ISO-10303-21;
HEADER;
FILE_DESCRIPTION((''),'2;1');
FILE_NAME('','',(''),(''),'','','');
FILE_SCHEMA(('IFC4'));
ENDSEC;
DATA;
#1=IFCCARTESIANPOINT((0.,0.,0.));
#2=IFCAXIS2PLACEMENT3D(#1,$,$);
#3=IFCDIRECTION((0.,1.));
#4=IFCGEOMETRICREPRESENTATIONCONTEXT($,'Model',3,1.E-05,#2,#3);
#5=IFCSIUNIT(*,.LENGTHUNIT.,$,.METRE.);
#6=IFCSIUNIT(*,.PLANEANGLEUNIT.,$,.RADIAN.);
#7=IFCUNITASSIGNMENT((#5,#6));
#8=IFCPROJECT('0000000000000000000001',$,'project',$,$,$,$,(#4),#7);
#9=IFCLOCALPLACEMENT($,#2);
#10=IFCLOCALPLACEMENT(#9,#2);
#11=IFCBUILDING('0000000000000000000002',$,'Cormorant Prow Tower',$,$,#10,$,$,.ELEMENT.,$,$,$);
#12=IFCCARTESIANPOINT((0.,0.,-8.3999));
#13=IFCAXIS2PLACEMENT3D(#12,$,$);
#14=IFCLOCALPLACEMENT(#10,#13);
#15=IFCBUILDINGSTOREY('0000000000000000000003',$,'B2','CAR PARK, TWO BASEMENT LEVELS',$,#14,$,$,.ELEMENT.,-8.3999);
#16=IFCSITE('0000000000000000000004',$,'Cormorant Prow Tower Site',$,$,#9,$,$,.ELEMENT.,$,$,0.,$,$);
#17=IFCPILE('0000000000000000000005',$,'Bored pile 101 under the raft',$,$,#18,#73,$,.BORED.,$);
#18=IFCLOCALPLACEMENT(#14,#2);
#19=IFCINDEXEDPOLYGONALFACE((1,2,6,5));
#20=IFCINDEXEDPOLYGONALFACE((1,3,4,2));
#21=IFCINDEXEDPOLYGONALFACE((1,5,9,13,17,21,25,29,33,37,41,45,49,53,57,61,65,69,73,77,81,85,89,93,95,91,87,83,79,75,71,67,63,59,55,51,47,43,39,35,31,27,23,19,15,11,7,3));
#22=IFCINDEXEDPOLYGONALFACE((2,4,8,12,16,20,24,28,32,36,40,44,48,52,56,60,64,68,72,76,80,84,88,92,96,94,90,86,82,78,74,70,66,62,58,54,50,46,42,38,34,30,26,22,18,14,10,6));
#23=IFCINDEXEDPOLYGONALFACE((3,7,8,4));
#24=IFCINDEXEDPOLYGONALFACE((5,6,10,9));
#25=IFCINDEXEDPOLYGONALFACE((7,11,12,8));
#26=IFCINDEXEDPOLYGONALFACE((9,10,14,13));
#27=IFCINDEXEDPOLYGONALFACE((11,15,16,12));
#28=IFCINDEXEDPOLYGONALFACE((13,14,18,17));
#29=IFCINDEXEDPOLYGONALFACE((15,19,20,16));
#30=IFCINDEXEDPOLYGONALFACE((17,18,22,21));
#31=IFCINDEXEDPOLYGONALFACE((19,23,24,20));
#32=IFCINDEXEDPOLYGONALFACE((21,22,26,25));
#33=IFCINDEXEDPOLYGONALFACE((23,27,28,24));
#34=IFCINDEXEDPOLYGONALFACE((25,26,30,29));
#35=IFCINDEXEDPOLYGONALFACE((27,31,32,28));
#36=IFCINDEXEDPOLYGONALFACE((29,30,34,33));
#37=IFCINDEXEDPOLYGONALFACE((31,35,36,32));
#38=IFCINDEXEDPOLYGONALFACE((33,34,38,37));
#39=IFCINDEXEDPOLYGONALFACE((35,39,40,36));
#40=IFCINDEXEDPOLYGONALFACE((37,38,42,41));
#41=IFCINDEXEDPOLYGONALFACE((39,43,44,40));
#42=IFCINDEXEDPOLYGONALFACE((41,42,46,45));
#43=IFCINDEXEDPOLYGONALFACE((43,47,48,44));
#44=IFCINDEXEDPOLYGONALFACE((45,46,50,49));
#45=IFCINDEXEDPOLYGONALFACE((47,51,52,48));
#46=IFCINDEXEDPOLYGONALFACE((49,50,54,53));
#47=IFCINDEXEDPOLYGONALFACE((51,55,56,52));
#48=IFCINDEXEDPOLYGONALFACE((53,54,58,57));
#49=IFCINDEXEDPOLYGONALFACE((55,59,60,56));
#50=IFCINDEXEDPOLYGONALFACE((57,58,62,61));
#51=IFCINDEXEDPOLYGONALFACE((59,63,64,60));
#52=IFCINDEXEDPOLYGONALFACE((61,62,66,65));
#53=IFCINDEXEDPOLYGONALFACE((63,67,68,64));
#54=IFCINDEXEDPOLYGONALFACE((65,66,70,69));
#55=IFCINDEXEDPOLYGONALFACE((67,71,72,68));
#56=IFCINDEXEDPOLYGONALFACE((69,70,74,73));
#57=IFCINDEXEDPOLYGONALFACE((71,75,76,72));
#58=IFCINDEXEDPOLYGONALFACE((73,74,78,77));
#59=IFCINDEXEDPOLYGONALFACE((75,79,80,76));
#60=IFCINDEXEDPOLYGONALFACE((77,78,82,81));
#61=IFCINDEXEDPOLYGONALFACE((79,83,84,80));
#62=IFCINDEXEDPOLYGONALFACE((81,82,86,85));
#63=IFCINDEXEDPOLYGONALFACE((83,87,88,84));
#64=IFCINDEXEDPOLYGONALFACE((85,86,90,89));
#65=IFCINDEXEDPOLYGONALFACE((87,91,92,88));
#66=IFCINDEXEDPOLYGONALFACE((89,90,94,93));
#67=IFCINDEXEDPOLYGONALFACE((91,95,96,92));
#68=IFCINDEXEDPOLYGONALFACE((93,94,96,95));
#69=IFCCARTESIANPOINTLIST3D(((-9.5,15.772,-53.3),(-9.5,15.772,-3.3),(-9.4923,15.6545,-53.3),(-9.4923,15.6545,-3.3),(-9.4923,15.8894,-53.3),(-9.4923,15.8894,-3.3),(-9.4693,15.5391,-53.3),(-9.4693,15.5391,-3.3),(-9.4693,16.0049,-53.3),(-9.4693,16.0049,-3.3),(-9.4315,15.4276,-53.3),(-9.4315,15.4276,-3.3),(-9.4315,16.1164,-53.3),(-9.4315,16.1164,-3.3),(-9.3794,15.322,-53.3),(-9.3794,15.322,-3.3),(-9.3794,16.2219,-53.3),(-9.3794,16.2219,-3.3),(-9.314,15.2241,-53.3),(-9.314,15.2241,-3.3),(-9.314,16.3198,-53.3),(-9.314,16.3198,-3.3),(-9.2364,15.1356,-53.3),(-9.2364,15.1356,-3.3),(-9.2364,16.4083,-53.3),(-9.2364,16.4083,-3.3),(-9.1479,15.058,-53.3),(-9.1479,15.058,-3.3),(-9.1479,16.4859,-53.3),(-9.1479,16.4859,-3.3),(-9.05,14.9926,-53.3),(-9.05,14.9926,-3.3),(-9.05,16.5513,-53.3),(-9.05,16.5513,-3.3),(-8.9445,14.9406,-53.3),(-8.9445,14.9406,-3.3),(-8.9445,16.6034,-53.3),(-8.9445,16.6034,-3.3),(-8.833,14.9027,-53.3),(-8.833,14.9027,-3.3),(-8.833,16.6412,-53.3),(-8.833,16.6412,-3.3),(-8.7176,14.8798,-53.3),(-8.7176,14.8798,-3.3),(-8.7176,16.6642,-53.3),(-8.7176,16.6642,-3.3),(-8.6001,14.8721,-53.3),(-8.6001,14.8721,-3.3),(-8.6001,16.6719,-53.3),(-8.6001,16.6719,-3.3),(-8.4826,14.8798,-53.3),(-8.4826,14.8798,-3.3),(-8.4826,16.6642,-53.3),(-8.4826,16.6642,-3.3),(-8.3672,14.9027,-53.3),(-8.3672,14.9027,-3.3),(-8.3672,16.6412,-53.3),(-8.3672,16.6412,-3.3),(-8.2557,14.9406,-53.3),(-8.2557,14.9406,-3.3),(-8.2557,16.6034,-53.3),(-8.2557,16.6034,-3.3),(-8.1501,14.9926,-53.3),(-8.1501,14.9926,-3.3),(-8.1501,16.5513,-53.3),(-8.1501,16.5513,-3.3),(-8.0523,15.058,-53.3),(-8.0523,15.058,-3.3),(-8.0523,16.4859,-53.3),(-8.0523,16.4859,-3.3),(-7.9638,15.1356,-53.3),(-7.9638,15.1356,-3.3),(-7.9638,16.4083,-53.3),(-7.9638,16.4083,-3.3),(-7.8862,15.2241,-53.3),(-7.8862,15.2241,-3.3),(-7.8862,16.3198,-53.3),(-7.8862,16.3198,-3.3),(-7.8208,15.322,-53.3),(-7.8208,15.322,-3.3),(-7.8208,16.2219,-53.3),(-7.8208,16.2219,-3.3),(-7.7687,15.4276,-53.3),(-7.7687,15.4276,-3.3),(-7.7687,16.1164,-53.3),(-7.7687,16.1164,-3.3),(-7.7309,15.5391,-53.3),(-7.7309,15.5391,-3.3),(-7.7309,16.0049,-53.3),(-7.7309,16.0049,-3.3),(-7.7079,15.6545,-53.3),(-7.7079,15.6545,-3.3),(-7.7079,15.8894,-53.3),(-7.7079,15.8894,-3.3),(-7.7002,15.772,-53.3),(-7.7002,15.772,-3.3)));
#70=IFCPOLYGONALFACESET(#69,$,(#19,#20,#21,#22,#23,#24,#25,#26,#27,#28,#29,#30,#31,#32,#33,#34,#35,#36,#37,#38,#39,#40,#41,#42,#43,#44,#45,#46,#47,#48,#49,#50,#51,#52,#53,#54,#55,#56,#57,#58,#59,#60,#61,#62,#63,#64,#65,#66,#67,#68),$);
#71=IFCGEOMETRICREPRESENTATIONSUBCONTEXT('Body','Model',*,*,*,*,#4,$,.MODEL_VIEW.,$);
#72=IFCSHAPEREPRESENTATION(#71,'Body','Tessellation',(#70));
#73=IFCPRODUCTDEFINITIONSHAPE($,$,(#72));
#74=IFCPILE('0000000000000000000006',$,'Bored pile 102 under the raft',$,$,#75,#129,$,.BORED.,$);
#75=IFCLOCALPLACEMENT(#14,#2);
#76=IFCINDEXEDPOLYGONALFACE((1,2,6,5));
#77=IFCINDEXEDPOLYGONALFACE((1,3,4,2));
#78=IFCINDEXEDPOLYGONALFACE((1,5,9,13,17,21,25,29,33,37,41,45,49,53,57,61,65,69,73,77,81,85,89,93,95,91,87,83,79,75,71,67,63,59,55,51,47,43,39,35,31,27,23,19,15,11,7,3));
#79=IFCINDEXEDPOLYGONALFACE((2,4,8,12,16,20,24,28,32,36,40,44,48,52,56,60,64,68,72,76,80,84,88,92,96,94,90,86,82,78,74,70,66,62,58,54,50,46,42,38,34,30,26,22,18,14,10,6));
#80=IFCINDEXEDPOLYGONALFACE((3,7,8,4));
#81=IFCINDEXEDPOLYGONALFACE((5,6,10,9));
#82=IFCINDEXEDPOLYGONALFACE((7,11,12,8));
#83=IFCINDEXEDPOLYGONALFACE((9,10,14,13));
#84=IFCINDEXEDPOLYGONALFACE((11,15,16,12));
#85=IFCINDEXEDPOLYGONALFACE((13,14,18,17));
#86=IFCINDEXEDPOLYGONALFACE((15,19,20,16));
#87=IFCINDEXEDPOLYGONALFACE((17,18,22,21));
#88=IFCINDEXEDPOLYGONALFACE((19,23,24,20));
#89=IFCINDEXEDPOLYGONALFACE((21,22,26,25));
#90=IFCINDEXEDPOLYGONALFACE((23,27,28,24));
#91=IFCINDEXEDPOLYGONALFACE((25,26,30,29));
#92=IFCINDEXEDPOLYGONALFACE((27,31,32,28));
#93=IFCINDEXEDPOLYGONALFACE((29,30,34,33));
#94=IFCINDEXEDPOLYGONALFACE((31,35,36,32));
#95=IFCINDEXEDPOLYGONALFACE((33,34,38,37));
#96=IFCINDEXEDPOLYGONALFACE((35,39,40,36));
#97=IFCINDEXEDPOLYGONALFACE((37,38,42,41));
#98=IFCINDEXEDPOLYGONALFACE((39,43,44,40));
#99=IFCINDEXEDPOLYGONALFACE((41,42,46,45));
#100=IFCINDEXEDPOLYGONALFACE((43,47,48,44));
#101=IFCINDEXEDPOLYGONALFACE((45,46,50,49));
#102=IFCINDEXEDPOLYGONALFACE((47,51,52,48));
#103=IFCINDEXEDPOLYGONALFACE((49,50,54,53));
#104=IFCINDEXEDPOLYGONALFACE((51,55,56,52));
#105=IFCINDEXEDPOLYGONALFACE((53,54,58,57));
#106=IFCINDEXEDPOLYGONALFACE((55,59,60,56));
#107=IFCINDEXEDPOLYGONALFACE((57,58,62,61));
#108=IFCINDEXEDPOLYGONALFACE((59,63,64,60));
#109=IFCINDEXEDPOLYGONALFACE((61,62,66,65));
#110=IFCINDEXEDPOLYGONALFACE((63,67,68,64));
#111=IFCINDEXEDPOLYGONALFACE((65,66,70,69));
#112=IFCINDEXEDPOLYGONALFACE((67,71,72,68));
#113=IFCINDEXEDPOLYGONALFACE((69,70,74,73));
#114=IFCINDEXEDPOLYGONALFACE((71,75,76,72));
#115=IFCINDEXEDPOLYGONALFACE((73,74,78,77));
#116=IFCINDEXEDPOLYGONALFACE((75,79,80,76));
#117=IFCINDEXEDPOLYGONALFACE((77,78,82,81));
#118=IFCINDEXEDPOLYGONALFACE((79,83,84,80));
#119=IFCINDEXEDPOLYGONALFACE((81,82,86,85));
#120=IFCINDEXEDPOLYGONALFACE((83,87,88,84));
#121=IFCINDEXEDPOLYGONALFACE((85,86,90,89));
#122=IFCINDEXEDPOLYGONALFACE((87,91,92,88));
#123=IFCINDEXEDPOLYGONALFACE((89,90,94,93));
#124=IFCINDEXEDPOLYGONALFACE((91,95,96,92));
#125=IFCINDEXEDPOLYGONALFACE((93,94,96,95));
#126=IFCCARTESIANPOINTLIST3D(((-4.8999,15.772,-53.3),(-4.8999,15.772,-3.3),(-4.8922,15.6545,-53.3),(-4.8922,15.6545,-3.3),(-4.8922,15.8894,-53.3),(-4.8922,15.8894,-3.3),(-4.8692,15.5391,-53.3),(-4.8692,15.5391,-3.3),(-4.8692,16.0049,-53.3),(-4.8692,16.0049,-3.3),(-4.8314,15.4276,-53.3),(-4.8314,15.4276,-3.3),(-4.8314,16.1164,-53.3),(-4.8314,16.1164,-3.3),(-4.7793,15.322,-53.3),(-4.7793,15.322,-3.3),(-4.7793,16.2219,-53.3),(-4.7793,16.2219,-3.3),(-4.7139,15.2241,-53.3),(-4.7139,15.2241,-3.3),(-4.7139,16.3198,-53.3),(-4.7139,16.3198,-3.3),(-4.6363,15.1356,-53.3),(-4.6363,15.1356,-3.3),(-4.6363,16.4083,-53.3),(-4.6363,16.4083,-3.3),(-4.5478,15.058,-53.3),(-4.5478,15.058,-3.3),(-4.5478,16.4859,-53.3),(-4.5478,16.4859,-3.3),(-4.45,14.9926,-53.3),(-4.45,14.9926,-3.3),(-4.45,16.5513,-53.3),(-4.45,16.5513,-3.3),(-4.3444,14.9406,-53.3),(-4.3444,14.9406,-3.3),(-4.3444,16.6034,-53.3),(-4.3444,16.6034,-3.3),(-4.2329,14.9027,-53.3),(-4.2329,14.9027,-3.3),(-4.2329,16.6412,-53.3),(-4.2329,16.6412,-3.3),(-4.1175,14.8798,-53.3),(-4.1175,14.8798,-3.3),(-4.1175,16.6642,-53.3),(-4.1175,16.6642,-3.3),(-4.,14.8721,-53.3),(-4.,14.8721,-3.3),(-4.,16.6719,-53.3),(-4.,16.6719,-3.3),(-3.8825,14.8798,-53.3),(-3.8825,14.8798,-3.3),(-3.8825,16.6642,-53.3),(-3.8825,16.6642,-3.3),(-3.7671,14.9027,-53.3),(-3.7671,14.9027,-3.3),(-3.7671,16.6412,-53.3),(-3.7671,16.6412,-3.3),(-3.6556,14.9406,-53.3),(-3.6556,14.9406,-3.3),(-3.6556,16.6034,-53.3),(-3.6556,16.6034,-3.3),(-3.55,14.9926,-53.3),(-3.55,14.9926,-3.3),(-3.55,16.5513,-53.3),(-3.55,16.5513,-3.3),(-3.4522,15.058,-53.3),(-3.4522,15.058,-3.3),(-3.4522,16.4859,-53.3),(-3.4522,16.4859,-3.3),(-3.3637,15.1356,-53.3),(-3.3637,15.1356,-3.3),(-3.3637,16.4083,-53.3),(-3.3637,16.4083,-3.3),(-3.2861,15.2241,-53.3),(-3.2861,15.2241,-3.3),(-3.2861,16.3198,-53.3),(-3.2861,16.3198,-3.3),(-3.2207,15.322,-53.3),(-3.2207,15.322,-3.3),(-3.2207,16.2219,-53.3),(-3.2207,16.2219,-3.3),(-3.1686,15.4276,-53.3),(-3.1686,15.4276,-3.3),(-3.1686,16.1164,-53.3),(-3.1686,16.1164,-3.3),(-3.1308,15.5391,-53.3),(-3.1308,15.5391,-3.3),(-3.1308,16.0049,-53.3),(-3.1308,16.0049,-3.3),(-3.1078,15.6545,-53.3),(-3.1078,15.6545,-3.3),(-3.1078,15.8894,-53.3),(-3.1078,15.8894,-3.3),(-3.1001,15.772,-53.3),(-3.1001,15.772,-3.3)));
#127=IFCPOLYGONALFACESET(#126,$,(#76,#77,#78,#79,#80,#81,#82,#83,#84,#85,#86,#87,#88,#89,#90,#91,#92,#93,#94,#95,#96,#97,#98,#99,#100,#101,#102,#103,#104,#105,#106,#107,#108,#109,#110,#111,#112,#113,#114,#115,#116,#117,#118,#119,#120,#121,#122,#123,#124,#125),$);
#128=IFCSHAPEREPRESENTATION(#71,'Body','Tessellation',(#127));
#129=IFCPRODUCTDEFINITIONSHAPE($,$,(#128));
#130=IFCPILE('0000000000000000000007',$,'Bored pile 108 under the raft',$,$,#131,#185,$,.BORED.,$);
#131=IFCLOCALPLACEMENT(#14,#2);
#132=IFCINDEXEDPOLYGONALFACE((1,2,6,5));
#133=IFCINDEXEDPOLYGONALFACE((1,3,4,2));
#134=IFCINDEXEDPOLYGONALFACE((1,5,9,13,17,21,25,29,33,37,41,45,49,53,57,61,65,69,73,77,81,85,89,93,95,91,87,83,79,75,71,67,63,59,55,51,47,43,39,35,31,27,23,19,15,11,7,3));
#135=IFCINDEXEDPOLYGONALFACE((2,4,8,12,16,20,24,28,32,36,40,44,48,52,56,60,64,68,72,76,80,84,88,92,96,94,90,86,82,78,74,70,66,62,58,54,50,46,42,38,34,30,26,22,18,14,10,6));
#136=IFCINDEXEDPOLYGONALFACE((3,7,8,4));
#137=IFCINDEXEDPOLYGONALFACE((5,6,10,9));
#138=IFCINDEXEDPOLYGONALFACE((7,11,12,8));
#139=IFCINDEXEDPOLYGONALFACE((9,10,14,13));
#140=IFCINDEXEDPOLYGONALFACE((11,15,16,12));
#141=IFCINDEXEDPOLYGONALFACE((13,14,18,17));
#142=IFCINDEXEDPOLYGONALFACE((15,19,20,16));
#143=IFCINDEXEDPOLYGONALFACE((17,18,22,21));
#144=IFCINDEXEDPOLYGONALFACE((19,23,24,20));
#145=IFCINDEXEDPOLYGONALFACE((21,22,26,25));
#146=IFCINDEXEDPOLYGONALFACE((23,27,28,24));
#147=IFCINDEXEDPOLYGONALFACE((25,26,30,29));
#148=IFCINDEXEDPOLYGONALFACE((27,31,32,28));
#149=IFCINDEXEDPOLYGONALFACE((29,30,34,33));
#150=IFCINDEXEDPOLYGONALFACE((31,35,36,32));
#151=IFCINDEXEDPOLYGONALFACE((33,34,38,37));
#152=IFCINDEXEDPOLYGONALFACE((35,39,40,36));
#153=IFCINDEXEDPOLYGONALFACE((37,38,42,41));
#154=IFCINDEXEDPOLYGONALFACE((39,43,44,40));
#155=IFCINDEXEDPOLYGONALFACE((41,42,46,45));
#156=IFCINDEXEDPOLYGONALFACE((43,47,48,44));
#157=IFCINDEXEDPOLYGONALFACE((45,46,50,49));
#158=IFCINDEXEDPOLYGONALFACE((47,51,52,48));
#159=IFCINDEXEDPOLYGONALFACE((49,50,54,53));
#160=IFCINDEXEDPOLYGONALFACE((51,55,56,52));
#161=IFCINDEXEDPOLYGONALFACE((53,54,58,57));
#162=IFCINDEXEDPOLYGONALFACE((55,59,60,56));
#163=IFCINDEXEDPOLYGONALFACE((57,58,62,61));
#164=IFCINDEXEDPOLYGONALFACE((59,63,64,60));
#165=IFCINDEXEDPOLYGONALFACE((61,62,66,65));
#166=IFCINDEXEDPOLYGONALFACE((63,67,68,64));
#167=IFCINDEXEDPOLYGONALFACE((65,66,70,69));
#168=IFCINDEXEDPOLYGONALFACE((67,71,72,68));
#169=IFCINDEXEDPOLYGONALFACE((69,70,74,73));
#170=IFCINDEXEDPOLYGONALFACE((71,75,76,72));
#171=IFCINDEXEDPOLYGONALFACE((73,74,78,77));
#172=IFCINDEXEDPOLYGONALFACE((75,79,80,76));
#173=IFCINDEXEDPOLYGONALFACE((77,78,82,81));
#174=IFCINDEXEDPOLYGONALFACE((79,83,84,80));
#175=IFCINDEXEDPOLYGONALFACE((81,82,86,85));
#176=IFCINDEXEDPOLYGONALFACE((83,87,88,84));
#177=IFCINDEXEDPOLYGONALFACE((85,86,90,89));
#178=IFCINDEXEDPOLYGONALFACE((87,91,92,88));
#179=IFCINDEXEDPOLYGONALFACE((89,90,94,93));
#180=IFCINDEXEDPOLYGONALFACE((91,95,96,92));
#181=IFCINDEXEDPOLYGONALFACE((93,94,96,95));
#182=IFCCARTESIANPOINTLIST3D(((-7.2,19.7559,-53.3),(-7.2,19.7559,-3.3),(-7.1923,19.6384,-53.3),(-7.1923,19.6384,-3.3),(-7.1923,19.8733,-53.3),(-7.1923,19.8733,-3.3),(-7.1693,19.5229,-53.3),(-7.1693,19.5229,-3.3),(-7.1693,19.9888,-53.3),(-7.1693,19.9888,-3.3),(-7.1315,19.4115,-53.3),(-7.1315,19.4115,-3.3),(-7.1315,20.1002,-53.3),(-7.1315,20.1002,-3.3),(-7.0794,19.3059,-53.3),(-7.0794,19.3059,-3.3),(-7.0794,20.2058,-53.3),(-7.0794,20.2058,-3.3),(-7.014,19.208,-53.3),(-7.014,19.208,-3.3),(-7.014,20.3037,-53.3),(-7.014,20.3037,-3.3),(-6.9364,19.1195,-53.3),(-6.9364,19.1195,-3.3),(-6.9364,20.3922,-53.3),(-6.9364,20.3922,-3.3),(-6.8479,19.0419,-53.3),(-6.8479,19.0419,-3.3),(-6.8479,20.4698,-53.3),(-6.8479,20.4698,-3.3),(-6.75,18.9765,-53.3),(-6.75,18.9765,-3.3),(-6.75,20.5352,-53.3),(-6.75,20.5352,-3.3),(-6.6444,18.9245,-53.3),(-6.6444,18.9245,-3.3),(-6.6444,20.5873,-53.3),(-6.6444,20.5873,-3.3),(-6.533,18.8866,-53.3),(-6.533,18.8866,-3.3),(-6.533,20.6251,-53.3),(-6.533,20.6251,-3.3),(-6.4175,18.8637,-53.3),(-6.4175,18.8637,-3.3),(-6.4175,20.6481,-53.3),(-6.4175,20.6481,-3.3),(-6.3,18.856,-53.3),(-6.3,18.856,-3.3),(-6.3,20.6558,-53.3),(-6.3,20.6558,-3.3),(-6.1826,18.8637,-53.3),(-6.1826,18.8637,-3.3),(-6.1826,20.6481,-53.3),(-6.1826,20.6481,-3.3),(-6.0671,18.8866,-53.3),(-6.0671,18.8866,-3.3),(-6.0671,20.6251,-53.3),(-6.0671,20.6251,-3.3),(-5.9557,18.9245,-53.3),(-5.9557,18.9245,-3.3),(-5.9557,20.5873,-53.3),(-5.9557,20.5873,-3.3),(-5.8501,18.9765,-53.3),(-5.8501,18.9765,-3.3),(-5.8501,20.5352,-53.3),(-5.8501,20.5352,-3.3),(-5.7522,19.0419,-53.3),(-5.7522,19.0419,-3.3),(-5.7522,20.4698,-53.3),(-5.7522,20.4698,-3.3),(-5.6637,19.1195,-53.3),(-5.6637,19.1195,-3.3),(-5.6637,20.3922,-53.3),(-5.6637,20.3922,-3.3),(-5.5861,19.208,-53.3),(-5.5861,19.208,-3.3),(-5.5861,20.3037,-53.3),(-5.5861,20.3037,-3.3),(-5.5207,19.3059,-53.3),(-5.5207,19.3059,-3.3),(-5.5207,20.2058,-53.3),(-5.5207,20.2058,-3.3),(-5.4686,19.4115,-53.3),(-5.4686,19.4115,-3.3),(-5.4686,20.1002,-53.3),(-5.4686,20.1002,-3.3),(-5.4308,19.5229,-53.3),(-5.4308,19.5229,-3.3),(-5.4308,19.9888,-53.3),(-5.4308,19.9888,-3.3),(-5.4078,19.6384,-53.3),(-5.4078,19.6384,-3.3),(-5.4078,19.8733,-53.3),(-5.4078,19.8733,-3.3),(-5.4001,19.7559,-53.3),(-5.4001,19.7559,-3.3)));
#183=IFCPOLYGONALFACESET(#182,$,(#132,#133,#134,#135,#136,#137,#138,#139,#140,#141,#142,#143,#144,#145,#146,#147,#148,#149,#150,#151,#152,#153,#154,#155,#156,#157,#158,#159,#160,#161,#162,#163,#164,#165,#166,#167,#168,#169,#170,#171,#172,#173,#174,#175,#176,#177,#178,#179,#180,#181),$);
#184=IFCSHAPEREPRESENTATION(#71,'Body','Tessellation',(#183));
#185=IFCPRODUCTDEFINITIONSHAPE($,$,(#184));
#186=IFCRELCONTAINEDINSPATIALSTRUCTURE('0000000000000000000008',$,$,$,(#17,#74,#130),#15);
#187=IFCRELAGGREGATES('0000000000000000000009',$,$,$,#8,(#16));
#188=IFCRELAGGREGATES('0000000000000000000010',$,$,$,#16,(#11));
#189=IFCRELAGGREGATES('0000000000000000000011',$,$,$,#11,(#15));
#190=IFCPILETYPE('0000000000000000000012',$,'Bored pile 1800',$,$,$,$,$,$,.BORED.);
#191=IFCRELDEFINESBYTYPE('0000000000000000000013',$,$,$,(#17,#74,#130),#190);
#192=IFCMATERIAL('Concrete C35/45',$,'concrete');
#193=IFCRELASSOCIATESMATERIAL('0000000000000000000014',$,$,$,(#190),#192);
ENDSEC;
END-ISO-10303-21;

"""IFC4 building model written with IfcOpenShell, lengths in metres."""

from ifc_helpers import new_model, si_unit, direction, frame, origin, origin_2d, place, context, subcontext, project, spatial, circle, extrude, material, material_profile, profile_set, type_object, element, save


model = new_model("IFC4")

# Units and contexts
model_context = context("Model", 3, precision=1e-05, world=origin(), true_north=direction((0.0, 1.0)))
body_context = subcontext(model_context, "Body", "Model", "MODEL_VIEW")
ifc_project = project(units=[si_unit("LENGTHUNIT", "METRE"), si_unit("PLANEANGLEUNIT", "RADIAN")], contexts=[model_context])

# Site, building, storey
site_placement = place(None, origin())
site = spatial("IfcSite", under=ifc_project, at=site_placement, Name="Cormorant Prow Tower Site", CompositionType="ELEMENT", RefElevation=0.0)
building_placement = place(site_placement, origin())
building = spatial("IfcBuilding", under=site, at=building_placement, Name="Cormorant Prow Tower", CompositionType="ELEMENT")
storey_placement = place(building_placement, frame((0.0, 0.0, -8.3999)))
storey = spatial("IfcBuildingStorey", under=building, at=storey_placement, Name="B2", Description="CAR PARK, TWO BASEMENT LEVELS", CompositionType="ELEMENT", Elevation=-8.3999)

# Piles
ifc_material_1 = material(Name="Concrete C35/45", Category="concrete")
ifc_material_profile_1 = material_profile(ifc_material_1, circle(Radius=0.8999, at=origin_2d()), Name="Round 1800")
ifc_profile_set_1 = profile_set([ifc_material_profile_1], Name="Concrete C35/45")
pile_type_1 = type_object("IfcPileType", Name="Bored pile 1800", PredefinedType="BORED", material=ifc_profile_set_1)
for number, where, z_axis, x_axis, name in (
    (1, (-8.6001, 15.772, -3.3), (0.0, 0.0, -1.0), (1.0, 0.0, 0.0), "Bored pile 101 under the raft"),
    (2, (-4.0, 15.772, -3.3), (0.0, 0.0, -1.0), (1.0, 0.0, 0.0), "Bored pile 102 under the raft"),
    (3, (-6.3, 19.7559, -3.3), (0.0, 0.0, -1.0), (1.0, 0.0, 0.0), "Bored pile 108 under the raft"),
):
    element("IfcPile", number, at=place(storey_placement, frame(where, z_axis=z_axis, x_axis=x_axis)), inside=storey, type_object=pile_type_1, Name=name, PredefinedType="BORED", context=body_context, shape_type="SweptSolid", body=[
        extrude(circle(Radius=0.8999, at=origin_2d()), origin(), (0.0, 0.0, 1.0), 50.0),
    ])

save(model, "model.ifc")
